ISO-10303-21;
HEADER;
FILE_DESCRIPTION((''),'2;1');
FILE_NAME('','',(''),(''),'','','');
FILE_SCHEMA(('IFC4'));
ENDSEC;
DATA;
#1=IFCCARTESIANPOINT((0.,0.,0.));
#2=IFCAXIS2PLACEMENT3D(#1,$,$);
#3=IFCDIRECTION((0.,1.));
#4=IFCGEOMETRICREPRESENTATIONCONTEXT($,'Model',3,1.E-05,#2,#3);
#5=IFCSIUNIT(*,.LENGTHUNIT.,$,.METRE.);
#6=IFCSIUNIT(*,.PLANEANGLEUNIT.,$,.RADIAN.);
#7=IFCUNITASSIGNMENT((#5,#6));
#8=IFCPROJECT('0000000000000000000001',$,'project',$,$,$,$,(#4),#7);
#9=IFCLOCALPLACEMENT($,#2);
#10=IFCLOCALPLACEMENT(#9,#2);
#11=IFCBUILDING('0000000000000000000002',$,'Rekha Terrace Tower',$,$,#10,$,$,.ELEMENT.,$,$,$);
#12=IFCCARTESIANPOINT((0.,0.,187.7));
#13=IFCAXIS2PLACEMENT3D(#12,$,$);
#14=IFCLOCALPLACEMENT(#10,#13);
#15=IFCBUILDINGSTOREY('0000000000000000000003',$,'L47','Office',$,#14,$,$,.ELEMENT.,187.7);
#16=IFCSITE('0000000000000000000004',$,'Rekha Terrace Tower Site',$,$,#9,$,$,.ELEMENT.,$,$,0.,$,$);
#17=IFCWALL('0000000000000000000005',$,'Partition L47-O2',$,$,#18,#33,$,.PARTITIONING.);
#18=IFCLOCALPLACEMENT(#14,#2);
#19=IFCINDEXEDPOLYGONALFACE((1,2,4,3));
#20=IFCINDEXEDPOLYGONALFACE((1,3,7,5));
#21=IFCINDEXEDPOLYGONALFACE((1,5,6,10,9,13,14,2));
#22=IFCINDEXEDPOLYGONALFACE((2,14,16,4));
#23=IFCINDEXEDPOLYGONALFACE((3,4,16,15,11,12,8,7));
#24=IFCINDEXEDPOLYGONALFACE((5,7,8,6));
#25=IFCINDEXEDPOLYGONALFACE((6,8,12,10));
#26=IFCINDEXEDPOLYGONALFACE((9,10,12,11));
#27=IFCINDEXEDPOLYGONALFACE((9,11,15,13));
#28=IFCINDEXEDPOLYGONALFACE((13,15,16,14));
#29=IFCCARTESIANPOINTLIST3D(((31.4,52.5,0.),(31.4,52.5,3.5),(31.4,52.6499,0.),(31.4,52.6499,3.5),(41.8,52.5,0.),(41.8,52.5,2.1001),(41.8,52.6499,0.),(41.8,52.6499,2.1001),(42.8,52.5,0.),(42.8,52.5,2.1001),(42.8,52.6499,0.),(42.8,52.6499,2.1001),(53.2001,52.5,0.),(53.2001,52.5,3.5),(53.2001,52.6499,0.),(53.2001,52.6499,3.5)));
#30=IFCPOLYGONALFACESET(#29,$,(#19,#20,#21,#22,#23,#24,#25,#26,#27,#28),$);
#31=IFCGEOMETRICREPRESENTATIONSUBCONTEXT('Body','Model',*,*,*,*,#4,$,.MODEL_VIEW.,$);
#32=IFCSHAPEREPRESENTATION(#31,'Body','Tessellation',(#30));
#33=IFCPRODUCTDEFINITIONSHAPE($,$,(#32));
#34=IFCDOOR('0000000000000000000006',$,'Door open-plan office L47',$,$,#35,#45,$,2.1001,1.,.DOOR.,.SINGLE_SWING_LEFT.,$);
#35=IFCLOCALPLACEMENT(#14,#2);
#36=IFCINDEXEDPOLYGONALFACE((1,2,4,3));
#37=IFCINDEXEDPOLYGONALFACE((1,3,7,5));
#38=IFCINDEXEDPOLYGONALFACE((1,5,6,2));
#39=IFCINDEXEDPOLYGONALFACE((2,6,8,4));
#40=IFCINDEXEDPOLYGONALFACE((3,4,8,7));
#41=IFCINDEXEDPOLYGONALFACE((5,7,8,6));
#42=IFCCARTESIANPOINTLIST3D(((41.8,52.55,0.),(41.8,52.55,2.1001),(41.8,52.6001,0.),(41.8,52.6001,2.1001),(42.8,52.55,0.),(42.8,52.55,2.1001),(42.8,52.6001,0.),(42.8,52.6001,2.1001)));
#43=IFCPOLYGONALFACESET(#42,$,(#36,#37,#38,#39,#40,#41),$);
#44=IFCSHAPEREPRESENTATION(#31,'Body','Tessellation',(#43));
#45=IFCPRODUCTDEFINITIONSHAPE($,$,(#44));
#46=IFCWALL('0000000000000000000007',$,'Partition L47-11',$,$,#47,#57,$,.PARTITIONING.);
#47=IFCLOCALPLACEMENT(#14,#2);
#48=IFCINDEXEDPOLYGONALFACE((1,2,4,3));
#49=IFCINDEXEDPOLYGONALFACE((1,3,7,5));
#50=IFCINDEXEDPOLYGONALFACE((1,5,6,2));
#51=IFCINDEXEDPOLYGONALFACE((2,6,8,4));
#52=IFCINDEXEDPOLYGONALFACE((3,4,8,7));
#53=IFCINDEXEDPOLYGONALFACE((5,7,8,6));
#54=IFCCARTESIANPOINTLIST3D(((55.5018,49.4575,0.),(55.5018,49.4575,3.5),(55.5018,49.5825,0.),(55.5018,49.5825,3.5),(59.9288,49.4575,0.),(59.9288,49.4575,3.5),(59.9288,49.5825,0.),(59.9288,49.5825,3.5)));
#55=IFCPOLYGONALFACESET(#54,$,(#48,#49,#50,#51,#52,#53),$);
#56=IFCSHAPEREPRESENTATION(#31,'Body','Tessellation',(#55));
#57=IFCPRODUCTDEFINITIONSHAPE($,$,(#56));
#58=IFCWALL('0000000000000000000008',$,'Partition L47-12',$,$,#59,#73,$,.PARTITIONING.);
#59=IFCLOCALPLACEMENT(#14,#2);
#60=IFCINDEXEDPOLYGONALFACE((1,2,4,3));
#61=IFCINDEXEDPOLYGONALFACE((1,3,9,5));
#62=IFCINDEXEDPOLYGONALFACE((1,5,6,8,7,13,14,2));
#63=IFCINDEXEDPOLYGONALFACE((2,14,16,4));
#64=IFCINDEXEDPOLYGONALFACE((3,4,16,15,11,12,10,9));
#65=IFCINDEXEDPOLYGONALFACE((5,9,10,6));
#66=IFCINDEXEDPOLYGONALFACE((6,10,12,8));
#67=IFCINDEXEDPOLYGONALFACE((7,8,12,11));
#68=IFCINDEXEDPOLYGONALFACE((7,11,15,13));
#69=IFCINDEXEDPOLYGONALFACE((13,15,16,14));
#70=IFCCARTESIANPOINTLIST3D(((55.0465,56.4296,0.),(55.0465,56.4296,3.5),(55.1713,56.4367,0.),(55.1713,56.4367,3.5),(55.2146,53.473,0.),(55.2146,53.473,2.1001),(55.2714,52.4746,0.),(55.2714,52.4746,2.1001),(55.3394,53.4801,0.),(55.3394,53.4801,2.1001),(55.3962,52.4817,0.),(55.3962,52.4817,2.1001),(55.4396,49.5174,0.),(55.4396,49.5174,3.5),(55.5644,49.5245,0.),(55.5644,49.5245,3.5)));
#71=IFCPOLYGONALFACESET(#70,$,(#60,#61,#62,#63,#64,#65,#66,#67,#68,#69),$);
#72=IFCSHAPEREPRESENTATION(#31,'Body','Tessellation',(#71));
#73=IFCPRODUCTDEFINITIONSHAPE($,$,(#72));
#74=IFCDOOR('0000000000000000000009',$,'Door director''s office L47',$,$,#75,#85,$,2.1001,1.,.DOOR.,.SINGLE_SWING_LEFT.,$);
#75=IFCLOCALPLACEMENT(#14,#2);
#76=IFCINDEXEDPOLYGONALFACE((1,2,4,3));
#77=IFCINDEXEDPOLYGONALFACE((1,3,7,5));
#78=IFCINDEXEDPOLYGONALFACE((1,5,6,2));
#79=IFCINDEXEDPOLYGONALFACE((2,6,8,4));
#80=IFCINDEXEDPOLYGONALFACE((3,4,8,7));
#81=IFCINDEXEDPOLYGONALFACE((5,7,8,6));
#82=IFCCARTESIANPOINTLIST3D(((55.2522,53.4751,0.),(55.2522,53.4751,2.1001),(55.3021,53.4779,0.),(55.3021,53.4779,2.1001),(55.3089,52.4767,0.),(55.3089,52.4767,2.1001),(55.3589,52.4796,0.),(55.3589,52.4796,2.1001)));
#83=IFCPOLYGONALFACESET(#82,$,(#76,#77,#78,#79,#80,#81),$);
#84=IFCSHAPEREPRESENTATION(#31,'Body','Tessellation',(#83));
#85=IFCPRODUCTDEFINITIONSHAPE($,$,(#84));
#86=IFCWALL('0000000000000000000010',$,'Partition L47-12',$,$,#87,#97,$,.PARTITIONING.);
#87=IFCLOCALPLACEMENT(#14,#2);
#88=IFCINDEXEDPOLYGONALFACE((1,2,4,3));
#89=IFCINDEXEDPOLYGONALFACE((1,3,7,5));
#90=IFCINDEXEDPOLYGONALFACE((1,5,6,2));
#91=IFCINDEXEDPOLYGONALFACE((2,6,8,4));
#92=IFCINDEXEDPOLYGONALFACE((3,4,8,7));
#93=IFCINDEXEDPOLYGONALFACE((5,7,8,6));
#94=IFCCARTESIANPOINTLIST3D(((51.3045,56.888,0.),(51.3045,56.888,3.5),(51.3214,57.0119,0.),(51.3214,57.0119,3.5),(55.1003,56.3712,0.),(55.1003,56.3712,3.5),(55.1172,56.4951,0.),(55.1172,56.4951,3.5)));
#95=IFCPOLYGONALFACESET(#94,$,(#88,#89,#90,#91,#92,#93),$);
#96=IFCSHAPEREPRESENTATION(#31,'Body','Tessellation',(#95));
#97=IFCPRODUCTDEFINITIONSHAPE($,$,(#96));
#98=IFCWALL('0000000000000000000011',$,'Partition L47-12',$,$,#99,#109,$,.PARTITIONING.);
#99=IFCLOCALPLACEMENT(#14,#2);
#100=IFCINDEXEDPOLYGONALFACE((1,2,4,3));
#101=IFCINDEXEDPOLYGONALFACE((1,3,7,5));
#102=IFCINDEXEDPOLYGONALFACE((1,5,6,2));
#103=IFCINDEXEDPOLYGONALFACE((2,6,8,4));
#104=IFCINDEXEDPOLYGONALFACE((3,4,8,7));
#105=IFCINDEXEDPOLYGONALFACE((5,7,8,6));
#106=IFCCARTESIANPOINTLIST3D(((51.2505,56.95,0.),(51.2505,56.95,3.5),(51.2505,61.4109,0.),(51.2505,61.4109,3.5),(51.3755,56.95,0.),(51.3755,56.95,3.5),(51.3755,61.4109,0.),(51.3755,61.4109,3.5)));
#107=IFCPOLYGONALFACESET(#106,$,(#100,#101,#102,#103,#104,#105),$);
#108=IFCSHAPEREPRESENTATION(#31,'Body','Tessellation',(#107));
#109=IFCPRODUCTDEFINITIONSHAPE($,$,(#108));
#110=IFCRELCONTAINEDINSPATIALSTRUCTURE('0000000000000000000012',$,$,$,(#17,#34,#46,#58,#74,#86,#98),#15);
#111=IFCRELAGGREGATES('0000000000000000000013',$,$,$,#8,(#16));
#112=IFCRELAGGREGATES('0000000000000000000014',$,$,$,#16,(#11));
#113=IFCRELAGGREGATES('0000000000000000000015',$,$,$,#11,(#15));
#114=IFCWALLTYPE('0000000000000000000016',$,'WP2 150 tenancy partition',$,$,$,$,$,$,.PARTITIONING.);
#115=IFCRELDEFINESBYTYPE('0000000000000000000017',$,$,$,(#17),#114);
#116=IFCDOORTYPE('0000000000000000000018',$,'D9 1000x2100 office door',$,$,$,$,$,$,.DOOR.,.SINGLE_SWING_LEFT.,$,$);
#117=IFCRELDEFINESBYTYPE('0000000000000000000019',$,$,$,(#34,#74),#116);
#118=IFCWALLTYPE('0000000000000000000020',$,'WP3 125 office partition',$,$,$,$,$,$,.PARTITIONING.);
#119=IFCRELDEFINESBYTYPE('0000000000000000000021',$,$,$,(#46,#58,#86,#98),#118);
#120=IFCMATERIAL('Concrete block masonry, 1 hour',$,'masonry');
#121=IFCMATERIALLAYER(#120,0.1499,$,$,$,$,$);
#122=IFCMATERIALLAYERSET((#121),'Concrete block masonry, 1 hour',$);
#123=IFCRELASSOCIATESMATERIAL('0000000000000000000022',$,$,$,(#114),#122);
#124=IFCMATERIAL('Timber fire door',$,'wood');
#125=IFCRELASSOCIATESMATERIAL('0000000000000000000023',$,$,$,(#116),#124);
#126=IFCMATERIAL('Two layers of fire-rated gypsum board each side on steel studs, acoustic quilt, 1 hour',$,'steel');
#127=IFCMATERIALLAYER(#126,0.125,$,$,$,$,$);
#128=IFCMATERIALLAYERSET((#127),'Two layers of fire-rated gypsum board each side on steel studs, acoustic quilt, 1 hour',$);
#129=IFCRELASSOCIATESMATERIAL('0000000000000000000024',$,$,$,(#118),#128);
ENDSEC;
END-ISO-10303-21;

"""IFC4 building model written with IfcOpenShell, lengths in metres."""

from ifc_helpers import new_model, si_unit, direction, frame, frame_2d, origin, place, context, subcontext, project, spatial, rectangle, extrude, material, layer, layer_set, type_object, element, fill, save


model = new_model("IFC4")

# Units and contexts
model_context = context("Model", 3, precision=1e-05, world=origin(), true_north=direction((0.0, 1.0)))
body_context = subcontext(model_context, "Body", "Model", "MODEL_VIEW")
ifc_project = project(units=[si_unit("LENGTHUNIT", "METRE"), si_unit("PLANEANGLEUNIT", "RADIAN")], contexts=[model_context])

# Site, building, storey
site_placement = place(None, origin())
site = spatial("IfcSite", under=ifc_project, at=site_placement, Name="Rekha Terrace Tower Site", CompositionType="ELEMENT", RefElevation=0.0)
building_placement = place(site_placement, origin())
building = spatial("IfcBuilding", under=site, at=building_placement, Name="Rekha Terrace Tower", CompositionType="ELEMENT")
storey_placement = place(building_placement, frame((0.0, 0.0, 187.7)))
storey = spatial("IfcBuildingStorey", under=building, at=storey_placement, Name="L47", Description="Office", CompositionType="ELEMENT", Elevation=187.7)

# Wall, opening, door
ifc_material_1 = material(Name="Concrete block masonry, 1 hour", Category="masonry")
ifc_layer_1 = layer(ifc_material_1, 0.1499)
ifc_layer_set_1 = layer_set([ifc_layer_1], Name="Concrete block masonry, 1 hour")
wall_type_1 = type_object("IfcWallType", Name="WP2 150 tenancy partition", PredefinedType="PARTITIONING", material=ifc_layer_set_1)
wall_1_placement = place(storey_placement, frame((53.2, 52.575, 0.0), z_axis=(0.0, 0.0, 1.0), x_axis=(-1.0, 0.0, 0.0)))
wall_1 = element("IfcWall", 1, at=wall_1_placement, inside=storey, type_object=wall_type_1, Name="Partition L47-O2", PredefinedType="PARTITIONING", context=body_context, shape_type="SweptSolid", body=[
    extrude(rectangle(XDim=21.8, YDim=0.1499, at=frame_2d((10.8999, 0.0))), origin(), (0.0, 0.0, 1.0), 3.5),
])
opening_1_placement = place(wall_1_placement, frame((10.3999, 0.0, 0.0)))
opening_1 = element("IfcOpeningElement", 2, at=opening_1_placement, cuts=wall_1, PredefinedType="OPENING", context=body_context, shape_type="SweptSolid", body=[
    extrude(rectangle(XDim=1.0, YDim=2.1001, at=frame_2d((0.5, 1.05))), frame((0.0, 0.085, 0.0), z_axis=(0.0, -1.0, 0.0), x_axis=(1.0, 0.0, 0.0)), (0.0, 0.0, 1.0), 0.1699),
])
ifc_material_2 = material(Name="Timber fire door", Category="wood")
door_type = type_object("IfcDoorType", Name="D9 1000x2100 office door", OperationType="SINGLE_SWING_LEFT", PredefinedType="DOOR", material=ifc_material_2)
door_1_placement = place(opening_1_placement, origin())
door_1 = element("IfcDoor", 3, at=door_1_placement, inside=storey, type_object=door_type, Name="Door open-plan office L47", OperationType="SINGLE_SWING_LEFT", OverallHeight=2.1001, OverallWidth=1.0, PredefinedType="DOOR", context=body_context, shape_type="SweptSolid", body=[
    extrude(rectangle(XDim=1.0, YDim=2.1001, at=frame_2d((0.5, 1.05))), frame((0.0, 0.0249, 0.0), z_axis=(0.0, -1.0, 0.0), x_axis=(1.0, 0.0, 0.0)), (0.0, 0.0, 1.0), 0.05),
])
fill(opening_1, door_1)

# Wall
ifc_material_3 = material(Name="Two layers of fire-rated gypsum board each side on steel studs, acoustic quilt, 1 hour", Category="steel")
ifc_layer_2 = layer(ifc_material_3, 0.125)
ifc_layer_set_2 = layer_set([ifc_layer_2], Name="Two layers of fire-rated gypsum board each side on steel studs, acoustic quilt, 1 hour")
wall_type_2 = type_object("IfcWallType", Name="WP3 125 office partition", PredefinedType="PARTITIONING", material=ifc_layer_set_2)
wall_2_placement = place(storey_placement, frame((55.502, 49.52, 0.0), z_axis=(0.0, 0.0, 1.0), x_axis=(1.0, 0.0, 0.0)))
element("IfcWall", 4, at=wall_2_placement, inside=storey, type_object=wall_type_2, Name="Partition L47-11", PredefinedType="PARTITIONING", context=body_context, shape_type="SweptSolid", body=[
    extrude(rectangle(XDim=4.427, YDim=0.125, at=frame_2d((2.2134, 0.0))), origin(), (0.0, 0.0, 1.0), 3.5),
])

# Wall, opening, door
wall_3_placement = place(storey_placement, frame((55.502, 49.521, 0.0), z_axis=(0.0, 0.0, 1.0), x_axis=(-0.056775, 0.998387, 0.0)))
wall_3 = element("IfcWall", 5, at=wall_3_placement, inside=storey, type_object=wall_type_2, Name="Partition L47-12", PredefinedType="PARTITIONING", context=body_context, shape_type="SweptSolid", body=[
    extrude(rectangle(XDim=6.9233, YDim=0.125, at=frame_2d((3.4617, 0.0))), origin(), (0.0, 0.0, 1.0), 3.5),
])
opening_2_placement = place(wall_3_placement, frame((2.9619, 0.0, 0.0)))
opening_2 = element("IfcOpeningElement", 6, at=opening_2_placement, cuts=wall_3, PredefinedType="OPENING", context=body_context, shape_type="SweptSolid", body=[
    extrude(rectangle(XDim=1.0, YDim=2.1001, at=frame_2d((0.5, 1.05))), frame((0.0, 0.0725, 0.0), z_axis=(0.0, -1.0, 0.0), x_axis=(1.0, 0.0, 0.0)), (0.0, 0.0, 1.0), 0.145),
])
door_2_placement = place(opening_2_placement, origin())
door_2 = element("IfcDoor", 7, at=door_2_placement, inside=storey, type_object=door_type, Name="Door director's office L47", OperationType="SINGLE_SWING_LEFT", OverallHeight=2.1001, OverallWidth=1.0, PredefinedType="DOOR", context=body_context, shape_type="SweptSolid", body=[
    extrude(rectangle(XDim=1.0, YDim=2.1001, at=frame_2d((0.5, 1.05))), frame((0.0, 0.0249, 0.0), z_axis=(0.0, -1.0, 0.0), x_axis=(1.0, 0.0, 0.0)), (0.0, 0.0, 1.0), 0.05),
])
fill(opening_2, door_2)

# Walls
wall_4_placement = place(storey_placement, frame((55.1089, 56.4331, 0.0), z_axis=(0.0, 0.0, 1.0), x_axis=(-0.990857, 0.134914, 0.0)))
element("IfcWall", 8, at=wall_4_placement, inside=storey, type_object=wall_type_2, Name="Partition L47-12", PredefinedType="PARTITIONING", context=body_context, shape_type="SweptSolid", body=[
    extrude(rectangle(XDim=3.8308, YDim=0.125, at=frame_2d((1.9155, 0.0))), origin(), (0.0, 0.0, 1.0), 3.5),
])
wall_5_placement = place(storey_placement, frame((51.313, 56.95, 0.0), z_axis=(0.0, 0.0, 1.0), x_axis=(0.0, 1.0, 0.0)))
element("IfcWall", 9, at=wall_5_placement, inside=storey, type_object=wall_type_2, Name="Partition L47-12", PredefinedType="PARTITIONING", context=body_context, shape_type="SweptSolid", body=[
    extrude(rectangle(XDim=4.4609, YDim=0.125, at=frame_2d((2.2305, 0.0))), origin(), (0.0, 0.0, 1.0), 3.5),
])

save(model, "model.ifc")
